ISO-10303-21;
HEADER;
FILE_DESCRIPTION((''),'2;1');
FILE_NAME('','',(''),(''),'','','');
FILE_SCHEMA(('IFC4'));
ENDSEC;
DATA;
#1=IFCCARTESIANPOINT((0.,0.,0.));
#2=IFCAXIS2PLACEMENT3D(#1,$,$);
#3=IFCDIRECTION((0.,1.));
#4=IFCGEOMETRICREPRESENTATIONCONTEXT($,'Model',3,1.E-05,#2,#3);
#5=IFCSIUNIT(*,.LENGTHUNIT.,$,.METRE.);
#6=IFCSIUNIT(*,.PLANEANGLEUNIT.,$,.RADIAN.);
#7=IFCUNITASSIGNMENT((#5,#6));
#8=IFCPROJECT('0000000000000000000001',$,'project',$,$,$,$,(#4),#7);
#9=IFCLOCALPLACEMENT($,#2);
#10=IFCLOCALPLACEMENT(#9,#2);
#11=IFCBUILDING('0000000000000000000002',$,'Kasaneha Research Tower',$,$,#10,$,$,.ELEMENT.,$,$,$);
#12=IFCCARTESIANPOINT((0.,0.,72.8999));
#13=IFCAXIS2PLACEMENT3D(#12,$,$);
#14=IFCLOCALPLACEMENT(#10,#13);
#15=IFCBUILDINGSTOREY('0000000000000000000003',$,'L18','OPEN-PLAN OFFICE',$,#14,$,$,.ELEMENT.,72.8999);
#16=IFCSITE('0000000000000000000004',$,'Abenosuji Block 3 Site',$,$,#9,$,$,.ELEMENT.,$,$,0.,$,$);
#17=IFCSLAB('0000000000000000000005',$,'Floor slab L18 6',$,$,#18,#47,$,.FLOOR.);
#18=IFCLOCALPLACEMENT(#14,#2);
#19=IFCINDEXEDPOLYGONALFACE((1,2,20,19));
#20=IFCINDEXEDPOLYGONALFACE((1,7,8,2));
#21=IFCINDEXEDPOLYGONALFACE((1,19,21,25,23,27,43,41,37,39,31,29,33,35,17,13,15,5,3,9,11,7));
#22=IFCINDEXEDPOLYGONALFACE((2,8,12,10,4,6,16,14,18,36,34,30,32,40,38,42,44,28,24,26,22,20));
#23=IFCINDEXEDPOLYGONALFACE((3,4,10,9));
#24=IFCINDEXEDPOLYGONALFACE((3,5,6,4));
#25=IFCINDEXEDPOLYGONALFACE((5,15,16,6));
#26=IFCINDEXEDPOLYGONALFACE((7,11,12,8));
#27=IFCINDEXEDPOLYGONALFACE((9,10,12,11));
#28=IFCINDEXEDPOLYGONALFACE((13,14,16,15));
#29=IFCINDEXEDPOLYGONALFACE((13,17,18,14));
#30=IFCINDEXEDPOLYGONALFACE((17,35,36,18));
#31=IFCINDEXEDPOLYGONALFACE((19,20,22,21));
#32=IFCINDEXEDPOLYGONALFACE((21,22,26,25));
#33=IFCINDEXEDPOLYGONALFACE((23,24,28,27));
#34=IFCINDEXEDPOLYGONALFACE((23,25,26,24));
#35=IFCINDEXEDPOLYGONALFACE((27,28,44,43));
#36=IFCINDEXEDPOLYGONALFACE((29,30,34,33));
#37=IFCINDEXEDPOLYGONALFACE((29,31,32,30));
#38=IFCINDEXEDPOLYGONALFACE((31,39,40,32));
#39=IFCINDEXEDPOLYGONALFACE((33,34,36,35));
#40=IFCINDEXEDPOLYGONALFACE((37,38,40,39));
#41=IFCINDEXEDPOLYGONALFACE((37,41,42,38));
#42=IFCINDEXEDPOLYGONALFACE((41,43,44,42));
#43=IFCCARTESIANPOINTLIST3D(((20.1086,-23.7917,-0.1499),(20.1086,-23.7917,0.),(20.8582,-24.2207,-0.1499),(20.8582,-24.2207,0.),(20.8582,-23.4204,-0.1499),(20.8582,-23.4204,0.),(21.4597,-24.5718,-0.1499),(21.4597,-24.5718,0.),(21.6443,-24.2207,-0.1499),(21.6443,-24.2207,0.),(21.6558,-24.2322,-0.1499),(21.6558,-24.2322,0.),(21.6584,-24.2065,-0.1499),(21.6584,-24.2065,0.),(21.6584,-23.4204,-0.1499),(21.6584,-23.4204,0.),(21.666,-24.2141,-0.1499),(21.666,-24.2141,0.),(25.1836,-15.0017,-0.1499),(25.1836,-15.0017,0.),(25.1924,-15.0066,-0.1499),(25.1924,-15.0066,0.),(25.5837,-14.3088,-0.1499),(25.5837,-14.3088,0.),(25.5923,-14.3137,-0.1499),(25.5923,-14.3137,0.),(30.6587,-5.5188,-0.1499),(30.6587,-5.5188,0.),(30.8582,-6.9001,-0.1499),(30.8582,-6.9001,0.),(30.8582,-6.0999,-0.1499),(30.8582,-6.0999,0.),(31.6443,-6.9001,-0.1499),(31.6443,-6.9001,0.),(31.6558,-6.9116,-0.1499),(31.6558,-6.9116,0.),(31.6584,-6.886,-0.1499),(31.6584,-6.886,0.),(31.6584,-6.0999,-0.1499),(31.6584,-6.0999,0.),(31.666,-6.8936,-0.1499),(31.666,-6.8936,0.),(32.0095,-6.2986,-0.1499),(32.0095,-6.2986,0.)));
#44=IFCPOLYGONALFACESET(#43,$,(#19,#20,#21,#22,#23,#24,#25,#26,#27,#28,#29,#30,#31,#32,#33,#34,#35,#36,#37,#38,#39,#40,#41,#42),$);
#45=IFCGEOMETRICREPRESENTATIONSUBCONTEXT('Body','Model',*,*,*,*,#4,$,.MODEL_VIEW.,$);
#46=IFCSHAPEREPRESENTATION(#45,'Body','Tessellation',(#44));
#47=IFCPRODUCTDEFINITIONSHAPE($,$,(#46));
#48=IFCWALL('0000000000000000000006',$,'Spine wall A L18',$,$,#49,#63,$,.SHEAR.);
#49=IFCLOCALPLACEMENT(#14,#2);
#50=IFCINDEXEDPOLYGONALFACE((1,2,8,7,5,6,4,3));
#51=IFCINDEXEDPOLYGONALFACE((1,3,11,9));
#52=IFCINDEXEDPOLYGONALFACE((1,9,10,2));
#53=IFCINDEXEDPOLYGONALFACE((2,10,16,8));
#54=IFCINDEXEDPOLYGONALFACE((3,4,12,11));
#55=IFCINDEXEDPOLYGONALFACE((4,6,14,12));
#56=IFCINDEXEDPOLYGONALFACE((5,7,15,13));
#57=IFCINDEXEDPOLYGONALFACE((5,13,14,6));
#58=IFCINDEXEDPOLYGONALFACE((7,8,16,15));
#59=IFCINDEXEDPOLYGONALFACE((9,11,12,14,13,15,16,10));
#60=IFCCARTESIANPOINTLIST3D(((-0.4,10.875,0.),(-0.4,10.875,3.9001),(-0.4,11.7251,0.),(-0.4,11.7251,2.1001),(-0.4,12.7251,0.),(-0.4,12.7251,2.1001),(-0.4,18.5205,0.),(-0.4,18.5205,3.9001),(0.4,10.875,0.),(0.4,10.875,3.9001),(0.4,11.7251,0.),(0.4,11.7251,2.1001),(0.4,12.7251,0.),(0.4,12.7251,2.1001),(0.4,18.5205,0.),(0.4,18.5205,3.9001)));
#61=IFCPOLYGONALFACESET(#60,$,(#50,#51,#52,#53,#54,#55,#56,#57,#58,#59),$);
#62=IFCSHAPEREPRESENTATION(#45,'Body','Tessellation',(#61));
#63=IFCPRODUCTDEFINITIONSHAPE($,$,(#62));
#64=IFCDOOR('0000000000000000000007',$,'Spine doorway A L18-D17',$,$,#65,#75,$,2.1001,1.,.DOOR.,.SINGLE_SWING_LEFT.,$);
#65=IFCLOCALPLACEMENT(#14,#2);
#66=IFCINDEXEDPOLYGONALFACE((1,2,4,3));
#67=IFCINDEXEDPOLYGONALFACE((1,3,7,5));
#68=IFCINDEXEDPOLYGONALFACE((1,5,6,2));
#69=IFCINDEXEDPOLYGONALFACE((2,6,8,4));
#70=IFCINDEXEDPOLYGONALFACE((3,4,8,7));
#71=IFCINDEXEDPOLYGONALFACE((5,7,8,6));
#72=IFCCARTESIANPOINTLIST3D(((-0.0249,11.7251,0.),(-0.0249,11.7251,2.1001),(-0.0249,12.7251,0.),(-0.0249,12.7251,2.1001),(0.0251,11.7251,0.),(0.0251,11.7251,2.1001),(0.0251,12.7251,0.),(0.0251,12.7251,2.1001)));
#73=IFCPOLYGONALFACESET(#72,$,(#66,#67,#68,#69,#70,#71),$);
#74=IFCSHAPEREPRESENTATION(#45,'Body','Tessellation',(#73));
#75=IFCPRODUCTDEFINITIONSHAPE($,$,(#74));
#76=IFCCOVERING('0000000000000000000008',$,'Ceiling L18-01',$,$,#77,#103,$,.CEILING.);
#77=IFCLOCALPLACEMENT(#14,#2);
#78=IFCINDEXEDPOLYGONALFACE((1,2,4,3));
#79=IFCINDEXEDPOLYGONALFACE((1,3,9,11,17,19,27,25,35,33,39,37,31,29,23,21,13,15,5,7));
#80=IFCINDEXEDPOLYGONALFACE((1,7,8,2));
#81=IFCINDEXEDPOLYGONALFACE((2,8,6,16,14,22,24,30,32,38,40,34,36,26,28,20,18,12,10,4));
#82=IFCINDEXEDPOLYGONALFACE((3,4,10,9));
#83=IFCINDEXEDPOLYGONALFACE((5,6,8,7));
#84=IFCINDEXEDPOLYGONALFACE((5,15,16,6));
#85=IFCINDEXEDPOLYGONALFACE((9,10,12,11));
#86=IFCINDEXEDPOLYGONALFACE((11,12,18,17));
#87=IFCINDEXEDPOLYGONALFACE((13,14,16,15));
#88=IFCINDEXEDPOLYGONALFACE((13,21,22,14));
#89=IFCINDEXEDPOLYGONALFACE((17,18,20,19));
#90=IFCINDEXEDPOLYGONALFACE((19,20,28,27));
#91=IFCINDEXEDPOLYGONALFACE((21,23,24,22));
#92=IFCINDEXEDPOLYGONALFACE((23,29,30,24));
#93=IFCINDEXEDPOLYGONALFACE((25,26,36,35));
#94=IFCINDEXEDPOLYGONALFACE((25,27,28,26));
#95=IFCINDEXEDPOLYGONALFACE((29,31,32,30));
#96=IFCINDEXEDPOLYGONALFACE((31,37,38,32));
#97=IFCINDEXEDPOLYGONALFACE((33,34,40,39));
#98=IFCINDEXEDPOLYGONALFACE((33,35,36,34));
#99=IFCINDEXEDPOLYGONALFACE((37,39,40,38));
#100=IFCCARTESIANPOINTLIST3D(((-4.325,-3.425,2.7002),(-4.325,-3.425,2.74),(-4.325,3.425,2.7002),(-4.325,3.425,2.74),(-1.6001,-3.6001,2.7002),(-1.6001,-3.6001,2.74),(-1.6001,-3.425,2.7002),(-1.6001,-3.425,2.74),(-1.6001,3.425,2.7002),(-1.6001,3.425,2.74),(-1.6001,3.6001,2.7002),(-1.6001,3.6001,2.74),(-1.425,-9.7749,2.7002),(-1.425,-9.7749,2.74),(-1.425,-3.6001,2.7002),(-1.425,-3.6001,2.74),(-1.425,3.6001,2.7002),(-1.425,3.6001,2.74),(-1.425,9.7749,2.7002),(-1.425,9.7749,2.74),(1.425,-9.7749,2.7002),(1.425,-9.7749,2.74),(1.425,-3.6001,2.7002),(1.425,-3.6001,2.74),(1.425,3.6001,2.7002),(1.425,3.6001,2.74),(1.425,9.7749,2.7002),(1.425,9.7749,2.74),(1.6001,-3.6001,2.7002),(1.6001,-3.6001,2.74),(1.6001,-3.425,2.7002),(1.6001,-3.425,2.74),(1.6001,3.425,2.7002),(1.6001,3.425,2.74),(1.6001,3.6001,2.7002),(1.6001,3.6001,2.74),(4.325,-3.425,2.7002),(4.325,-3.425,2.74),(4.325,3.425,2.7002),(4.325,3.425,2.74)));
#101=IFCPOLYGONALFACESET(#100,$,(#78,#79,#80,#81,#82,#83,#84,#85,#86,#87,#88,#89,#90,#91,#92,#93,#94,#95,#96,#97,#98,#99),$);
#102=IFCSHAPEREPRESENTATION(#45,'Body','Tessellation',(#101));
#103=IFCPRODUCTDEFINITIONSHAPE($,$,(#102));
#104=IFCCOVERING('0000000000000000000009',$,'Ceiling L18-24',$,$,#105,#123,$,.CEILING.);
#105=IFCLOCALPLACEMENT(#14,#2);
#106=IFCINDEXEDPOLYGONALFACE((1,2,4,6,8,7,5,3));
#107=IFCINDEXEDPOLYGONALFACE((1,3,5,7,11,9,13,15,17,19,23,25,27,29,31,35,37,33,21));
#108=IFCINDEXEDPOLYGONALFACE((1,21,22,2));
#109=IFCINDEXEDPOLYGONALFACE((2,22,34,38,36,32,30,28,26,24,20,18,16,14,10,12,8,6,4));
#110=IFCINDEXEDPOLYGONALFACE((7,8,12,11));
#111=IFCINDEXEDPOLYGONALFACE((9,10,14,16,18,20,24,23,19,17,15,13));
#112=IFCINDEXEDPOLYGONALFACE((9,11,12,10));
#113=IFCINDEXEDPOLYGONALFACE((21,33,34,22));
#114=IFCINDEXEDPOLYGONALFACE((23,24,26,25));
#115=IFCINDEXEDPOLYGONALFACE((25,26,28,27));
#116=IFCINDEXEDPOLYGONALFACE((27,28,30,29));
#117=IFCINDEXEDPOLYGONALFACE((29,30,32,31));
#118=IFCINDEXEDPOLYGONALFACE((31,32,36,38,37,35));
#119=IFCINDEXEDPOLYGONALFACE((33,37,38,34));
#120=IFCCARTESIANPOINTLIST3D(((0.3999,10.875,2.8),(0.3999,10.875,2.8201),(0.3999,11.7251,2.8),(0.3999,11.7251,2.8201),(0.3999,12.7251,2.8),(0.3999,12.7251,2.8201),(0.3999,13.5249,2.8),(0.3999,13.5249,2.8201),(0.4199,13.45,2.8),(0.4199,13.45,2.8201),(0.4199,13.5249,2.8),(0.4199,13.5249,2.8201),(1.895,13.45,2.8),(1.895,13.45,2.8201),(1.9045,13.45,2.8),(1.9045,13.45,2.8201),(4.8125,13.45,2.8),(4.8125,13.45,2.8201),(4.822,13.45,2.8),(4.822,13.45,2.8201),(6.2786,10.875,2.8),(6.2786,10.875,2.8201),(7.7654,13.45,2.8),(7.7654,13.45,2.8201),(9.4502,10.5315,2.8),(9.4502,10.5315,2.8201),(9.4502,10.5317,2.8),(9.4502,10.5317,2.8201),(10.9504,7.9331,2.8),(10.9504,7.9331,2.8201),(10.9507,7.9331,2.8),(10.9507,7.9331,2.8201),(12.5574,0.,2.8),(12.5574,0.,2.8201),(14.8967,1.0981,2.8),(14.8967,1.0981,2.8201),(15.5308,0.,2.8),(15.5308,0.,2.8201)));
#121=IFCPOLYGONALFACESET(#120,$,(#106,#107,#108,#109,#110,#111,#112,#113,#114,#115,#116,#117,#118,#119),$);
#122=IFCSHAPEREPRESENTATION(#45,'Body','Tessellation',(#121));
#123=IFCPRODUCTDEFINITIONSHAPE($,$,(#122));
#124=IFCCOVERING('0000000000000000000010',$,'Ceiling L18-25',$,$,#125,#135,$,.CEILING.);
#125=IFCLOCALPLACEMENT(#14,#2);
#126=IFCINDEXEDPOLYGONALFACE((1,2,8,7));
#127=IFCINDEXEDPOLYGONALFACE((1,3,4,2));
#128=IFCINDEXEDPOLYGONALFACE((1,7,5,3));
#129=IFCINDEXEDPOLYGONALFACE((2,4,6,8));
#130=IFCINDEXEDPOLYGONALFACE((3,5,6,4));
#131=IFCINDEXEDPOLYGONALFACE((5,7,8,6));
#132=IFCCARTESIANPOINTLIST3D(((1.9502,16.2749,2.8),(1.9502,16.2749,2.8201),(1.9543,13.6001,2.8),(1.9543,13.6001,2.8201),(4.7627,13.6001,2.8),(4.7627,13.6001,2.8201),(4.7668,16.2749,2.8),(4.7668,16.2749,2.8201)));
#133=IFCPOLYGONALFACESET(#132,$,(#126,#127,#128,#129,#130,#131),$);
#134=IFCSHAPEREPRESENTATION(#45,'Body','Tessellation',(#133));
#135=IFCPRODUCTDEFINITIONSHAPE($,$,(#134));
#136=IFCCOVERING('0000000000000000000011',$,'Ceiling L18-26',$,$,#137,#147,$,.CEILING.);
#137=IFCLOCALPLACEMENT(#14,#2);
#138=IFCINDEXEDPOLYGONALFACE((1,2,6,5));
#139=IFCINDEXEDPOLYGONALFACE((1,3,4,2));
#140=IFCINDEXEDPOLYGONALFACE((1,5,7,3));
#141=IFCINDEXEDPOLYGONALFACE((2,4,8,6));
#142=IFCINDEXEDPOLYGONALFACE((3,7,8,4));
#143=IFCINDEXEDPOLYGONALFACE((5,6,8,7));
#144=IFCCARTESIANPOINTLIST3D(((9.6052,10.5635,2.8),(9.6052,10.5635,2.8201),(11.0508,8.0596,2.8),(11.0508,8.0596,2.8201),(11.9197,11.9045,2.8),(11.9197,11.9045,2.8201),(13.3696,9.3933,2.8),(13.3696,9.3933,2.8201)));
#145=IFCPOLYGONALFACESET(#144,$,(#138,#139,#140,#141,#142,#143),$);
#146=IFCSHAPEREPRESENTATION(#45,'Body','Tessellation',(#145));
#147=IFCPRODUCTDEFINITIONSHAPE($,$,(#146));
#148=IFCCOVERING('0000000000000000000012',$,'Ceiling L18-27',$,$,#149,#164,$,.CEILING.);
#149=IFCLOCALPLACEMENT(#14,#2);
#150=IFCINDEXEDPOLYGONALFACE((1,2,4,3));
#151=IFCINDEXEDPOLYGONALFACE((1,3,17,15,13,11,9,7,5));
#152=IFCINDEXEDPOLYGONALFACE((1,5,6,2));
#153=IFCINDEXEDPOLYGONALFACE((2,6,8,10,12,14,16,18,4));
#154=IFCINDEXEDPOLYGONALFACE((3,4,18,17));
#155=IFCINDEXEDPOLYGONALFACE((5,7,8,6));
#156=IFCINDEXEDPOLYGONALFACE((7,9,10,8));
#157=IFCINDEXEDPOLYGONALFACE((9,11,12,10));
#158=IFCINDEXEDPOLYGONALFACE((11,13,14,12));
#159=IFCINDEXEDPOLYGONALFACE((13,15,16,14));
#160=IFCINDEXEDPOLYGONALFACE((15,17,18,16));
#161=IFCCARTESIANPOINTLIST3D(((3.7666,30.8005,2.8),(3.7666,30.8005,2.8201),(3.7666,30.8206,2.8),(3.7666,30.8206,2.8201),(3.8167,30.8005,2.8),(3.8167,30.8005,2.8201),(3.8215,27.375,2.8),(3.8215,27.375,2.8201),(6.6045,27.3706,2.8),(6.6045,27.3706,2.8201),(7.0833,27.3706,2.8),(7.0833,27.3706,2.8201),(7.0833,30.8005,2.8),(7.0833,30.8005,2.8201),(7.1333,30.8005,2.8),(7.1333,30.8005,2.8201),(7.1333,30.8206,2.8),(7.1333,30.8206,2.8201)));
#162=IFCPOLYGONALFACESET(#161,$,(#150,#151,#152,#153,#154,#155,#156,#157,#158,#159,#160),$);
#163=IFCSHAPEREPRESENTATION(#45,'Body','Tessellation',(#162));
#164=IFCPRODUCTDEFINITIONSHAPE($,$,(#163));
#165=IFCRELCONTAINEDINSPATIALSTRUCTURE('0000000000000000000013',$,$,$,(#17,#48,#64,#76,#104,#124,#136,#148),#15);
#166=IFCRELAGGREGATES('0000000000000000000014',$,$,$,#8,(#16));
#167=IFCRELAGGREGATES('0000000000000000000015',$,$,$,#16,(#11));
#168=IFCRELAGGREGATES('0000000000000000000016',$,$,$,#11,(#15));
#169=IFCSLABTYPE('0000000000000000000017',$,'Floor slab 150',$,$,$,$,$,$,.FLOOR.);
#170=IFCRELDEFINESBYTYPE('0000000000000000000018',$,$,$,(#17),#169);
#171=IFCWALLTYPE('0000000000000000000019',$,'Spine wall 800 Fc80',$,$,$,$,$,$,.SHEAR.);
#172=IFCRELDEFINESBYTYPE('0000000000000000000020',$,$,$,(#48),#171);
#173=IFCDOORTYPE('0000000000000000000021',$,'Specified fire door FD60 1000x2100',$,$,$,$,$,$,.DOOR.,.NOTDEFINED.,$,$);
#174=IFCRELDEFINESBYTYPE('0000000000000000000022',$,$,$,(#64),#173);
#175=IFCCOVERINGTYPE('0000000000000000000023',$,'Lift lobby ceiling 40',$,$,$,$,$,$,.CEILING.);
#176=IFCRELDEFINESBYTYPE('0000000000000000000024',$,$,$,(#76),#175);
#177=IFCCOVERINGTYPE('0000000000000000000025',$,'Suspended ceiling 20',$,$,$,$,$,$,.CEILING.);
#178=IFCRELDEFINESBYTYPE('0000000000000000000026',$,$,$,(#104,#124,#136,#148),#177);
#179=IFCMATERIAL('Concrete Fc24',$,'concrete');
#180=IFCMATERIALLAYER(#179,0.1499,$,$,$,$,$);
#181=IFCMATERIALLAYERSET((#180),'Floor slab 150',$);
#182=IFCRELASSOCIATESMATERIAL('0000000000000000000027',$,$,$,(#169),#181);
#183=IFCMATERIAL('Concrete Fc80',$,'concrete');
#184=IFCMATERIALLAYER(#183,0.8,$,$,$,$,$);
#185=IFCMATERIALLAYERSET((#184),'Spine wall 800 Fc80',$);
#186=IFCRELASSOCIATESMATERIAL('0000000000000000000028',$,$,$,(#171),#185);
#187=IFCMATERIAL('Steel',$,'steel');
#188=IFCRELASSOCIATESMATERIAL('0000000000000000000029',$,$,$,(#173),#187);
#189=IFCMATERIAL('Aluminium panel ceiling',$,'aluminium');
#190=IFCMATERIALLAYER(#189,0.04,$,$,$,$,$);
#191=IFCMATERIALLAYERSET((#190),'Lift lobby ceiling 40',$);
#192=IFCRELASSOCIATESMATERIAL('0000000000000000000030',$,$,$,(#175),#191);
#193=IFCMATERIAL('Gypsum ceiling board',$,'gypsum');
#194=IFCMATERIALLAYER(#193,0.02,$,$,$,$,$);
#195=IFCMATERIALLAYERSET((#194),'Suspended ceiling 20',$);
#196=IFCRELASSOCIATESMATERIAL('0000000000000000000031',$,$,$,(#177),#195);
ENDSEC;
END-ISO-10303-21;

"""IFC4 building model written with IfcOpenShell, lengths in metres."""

from ifc_helpers import new_model, si_unit, direction, frame, frame_2d, origin, place, context, subcontext, project, spatial, polyline, rectangle, outline, extrude, material, layer, layer_set, type_object, element, fill, save


model = new_model("IFC4")

# Units and contexts
model_context = context("Model", 3, precision=1e-05, world=origin(), true_north=direction((0.0, 1.0)))
body_context = subcontext(model_context, "Body", "Model", "MODEL_VIEW")
ifc_project = project(units=[si_unit("LENGTHUNIT", "METRE"), si_unit("PLANEANGLEUNIT", "RADIAN")], contexts=[model_context])

# Site, building, storey
site_placement = place(None, origin())
site = spatial("IfcSite", under=ifc_project, at=site_placement, Name="Abenosuji Block 3 Site", CompositionType="ELEMENT", RefElevation=0.0)
building_placement = place(site_placement, origin())
building = spatial("IfcBuilding", under=site, at=building_placement, Name="Kasaneha Research Tower", CompositionType="ELEMENT")
storey_placement = place(building_placement, frame((0.0, 0.0, 72.8999)))
storey = spatial("IfcBuildingStorey", under=building, at=storey_placement, Name="L18", Description="OPEN-PLAN OFFICE", CompositionType="ELEMENT", Elevation=72.8999)

# Slab
ifc_material_1 = material(Name="Concrete Fc24", Category="concrete")
ifc_layer_1 = layer(ifc_material_1, 0.1499)
ifc_layer_set_1 = layer_set([ifc_layer_1], Name="Floor slab 150")
slab_type_1 = type_object("IfcSlabType", Name="Floor slab 150", PredefinedType="FLOOR", material=ifc_layer_set_1)
slab_1_placement = place(storey_placement, frame((0.0, 0.0, -0.1499)))
element("IfcSlab", 1, at=slab_1_placement, inside=storey, type_object=slab_type_1, Name="Floor slab L18 6", PredefinedType="FLOOR", context=body_context, shape_type="SweptSolid", body=[
    extrude(outline(polyline([(25.1924, -15.0066), (25.5923, -14.3137), (25.5837, -14.3088), (30.6587, -5.5188), (32.0095, -6.2986), (31.666, -6.8936), (31.6584, -6.886), (31.6584, -6.0999), (30.8582, -6.0999), (30.8582, -6.9001), (31.6443, -6.9001), (31.6558, -6.9116), (21.666, -24.2141), (21.6584, -24.2065), (21.6584, -23.4204), (20.8582, -23.4204), (20.8582, -24.2207), (21.6443, -24.2207), (21.6558, -24.2322), (21.4597, -24.5718), (20.1086, -23.7917), (25.1836, -15.0017), (25.1924, -15.0066)])), origin(), (0.0, 0.0, 1.0), 0.1499),
])

# Wall, opening, door
ifc_material_2 = material(Name="Concrete Fc80", Category="concrete")
ifc_layer_2 = layer(ifc_material_2, 0.8)
ifc_layer_set_2 = layer_set([ifc_layer_2], Name="Spine wall 800 Fc80")
wall_type = type_object("IfcWallType", Name="Spine wall 800 Fc80", PredefinedType="SHEAR", material=ifc_layer_set_2)
wall_placement = place(storey_placement, frame((0.0, 10.875, 0.0), z_axis=(0.0, 0.0, 1.0), x_axis=(0.0, 1.0, 0.0)))
wall = element("IfcWall", 2, at=wall_placement, inside=storey, type_object=wall_type, Name="Spine wall A L18", PredefinedType="SHEAR", context=body_context, shape_type="SweptSolid", body=[
    extrude(rectangle(XDim=7.6455, YDim=0.8, at=frame_2d((3.8228, 0.0))), origin(), (0.0, 0.0, 1.0), 3.9001),
])
opening_placement = place(wall_placement, frame((0.8501, 0.0, 0.0)))
opening = element("IfcOpeningElement", 3, at=opening_placement, cuts=wall, PredefinedType="OPENING", context=body_context, shape_type="SweptSolid", body=[
    extrude(rectangle(XDim=1.0, YDim=2.1001, at=frame_2d((0.5, 1.05))), frame((0.0, 0.4102, 0.0), z_axis=(0.0, -1.0, 0.0), x_axis=(1.0, 0.0, 0.0)), (0.0, 0.0, 1.0), 0.8201),
])
ifc_material_3 = material(Name="Steel", Category="steel")
door_type = type_object("IfcDoorType", Name="Specified fire door FD60 1000x2100", OperationType="NOTDEFINED", PredefinedType="DOOR", material=ifc_material_3)
door_placement = place(opening_placement, origin())
door = element("IfcDoor", 4, at=door_placement, inside=storey, type_object=door_type, Name="Spine doorway A L18-D17", OperationType="SINGLE_SWING_LEFT", OverallHeight=2.1001, OverallWidth=1.0, PredefinedType="DOOR", context=body_context, shape_type="SweptSolid", body=[
    extrude(rectangle(XDim=1.0, YDim=2.1001, at=frame_2d((0.5, 1.05))), frame((0.0, 0.0249, 0.0), z_axis=(0.0, -1.0, 0.0), x_axis=(1.0, 0.0, 0.0)), (0.0, 0.0, 1.0), 0.05),
])
fill(opening, door)

# Coverings
ifc_material_4 = material(Name="Aluminium panel ceiling", Category="aluminium")
ifc_layer_3 = layer(ifc_material_4, 0.04)
ifc_layer_set_3 = layer_set([ifc_layer_3], Name="Lift lobby ceiling 40")
covering_type_1 = type_object("IfcCoveringType", Name="Lift lobby ceiling 40", PredefinedType="CEILING", material=ifc_layer_set_3)
covering_1_placement = place(storey_placement, frame((0.0, 0.0, 2.7002)))
element("IfcCovering", 5, at=covering_1_placement, inside=storey, type_object=covering_type_1, Name="Ceiling L18-01", PredefinedType="CEILING", context=body_context, shape_type="SweptSolid", body=[
    extrude(outline(polyline([(1.425, 9.7749), (1.425, 3.6001), (1.6001, 3.6001), (1.6001, 3.425), (4.325, 3.425), (4.325, -3.425), (1.6001, -3.425), (1.6001, -3.6001), (1.425, -3.6001), (1.425, -9.7749), (-1.425, -9.7749), (-1.425, -3.6001), (-1.6001, -3.6001), (-1.6001, -3.425), (-4.325, -3.425), (-4.325, 3.425), (-1.6001, 3.425), (-1.6001, 3.6001), (-1.425, 3.6001), (-1.425, 9.7749), (1.425, 9.7749)])), origin(), (0.0, 0.0, 1.0), 0.0398),
])
ifc_material_5 = material(Name="Gypsum ceiling board", Category="gypsum")
ifc_layer_4 = layer(ifc_material_5, 0.02)
ifc_layer_set_4 = layer_set([ifc_layer_4], Name="Suspended ceiling 20")
covering_type_2 = type_object("IfcCoveringType", Name="Suspended ceiling 20", PredefinedType="CEILING", material=ifc_layer_set_4)
covering_2_placement = place(storey_placement, frame((0.0, 0.0, 2.8)))
element("IfcCovering", 6, at=covering_2_placement, inside=storey, type_object=covering_type_2, Name="Ceiling L18-24", PredefinedType="CEILING", context=body_context, shape_type="SweptSolid", body=[
    extrude(outline(polyline([(6.2786, 10.875), (0.3999, 10.875), (0.3999, 11.7251), (0.3999, 12.7251), (0.3999, 13.5249), (0.4199, 13.5249), (0.4199, 13.45), (1.895, 13.45), (1.9045, 13.45), (4.8125, 13.45), (4.822, 13.45), (7.7654, 13.45), (9.4502, 10.5315), (9.4502, 10.5317), (10.9504, 7.9331), (10.9507, 7.9331), (14.8967, 1.0981), (14.8967, 1.0981), (15.5308, 0.0), (12.5574, 0.0), (6.2786, 10.875)])), origin(), (0.0, 0.0, 1.0), 0.02),
])
covering_3_placement = place(storey_placement, frame((0.0, 0.0, 2.8)))
element("IfcCovering", 7, at=covering_3_placement, inside=storey, type_object=covering_type_2, Name="Ceiling L18-25", PredefinedType="CEILING", context=body_context, shape_type="SweptSolid", body=[
    extrude(outline(polyline([(1.9543, 13.6001), (1.9502, 16.2749), (4.7668, 16.2749), (4.7627, 13.6001), (1.9543, 13.6001)])), origin(), (0.0, 0.0, 1.0), 0.02),
])
covering_4_placement = place(storey_placement, frame((0.0, 0.0, 2.8)))
element("IfcCovering", 8, at=covering_4_placement, inside=storey, type_object=covering_type_2, Name="Ceiling L18-26", PredefinedType="CEILING", context=body_context, shape_type="SweptSolid", body=[
    extrude(outline(polyline([(13.3696, 9.3933), (11.0508, 8.0596), (9.6052, 10.5635), (11.9197, 11.9045), (13.3696, 9.3933)])), origin(), (0.0, 0.0, 1.0), 0.02),
])
covering_5_placement = place(storey_placement, frame((0.0, 0.0, 2.8)))
element("IfcCovering", 9, at=covering_5_placement, inside=storey, type_object=covering_type_2, Name="Ceiling L18-27", PredefinedType="CEILING", context=body_context, shape_type="SweptSolid", body=[
    extrude(outline(polyline([(7.1333, 30.8206), (7.1333, 30.8005), (7.0833, 30.8005), (7.0833, 27.3706), (6.6045, 27.3706), (3.8215, 27.375), (3.8167, 30.8005), (3.7666, 30.8005), (3.7666, 30.8206), (7.1333, 30.8206)])), origin(), (0.0, 0.0, 1.0), 0.02),
])

save(model, "model.ifc")
